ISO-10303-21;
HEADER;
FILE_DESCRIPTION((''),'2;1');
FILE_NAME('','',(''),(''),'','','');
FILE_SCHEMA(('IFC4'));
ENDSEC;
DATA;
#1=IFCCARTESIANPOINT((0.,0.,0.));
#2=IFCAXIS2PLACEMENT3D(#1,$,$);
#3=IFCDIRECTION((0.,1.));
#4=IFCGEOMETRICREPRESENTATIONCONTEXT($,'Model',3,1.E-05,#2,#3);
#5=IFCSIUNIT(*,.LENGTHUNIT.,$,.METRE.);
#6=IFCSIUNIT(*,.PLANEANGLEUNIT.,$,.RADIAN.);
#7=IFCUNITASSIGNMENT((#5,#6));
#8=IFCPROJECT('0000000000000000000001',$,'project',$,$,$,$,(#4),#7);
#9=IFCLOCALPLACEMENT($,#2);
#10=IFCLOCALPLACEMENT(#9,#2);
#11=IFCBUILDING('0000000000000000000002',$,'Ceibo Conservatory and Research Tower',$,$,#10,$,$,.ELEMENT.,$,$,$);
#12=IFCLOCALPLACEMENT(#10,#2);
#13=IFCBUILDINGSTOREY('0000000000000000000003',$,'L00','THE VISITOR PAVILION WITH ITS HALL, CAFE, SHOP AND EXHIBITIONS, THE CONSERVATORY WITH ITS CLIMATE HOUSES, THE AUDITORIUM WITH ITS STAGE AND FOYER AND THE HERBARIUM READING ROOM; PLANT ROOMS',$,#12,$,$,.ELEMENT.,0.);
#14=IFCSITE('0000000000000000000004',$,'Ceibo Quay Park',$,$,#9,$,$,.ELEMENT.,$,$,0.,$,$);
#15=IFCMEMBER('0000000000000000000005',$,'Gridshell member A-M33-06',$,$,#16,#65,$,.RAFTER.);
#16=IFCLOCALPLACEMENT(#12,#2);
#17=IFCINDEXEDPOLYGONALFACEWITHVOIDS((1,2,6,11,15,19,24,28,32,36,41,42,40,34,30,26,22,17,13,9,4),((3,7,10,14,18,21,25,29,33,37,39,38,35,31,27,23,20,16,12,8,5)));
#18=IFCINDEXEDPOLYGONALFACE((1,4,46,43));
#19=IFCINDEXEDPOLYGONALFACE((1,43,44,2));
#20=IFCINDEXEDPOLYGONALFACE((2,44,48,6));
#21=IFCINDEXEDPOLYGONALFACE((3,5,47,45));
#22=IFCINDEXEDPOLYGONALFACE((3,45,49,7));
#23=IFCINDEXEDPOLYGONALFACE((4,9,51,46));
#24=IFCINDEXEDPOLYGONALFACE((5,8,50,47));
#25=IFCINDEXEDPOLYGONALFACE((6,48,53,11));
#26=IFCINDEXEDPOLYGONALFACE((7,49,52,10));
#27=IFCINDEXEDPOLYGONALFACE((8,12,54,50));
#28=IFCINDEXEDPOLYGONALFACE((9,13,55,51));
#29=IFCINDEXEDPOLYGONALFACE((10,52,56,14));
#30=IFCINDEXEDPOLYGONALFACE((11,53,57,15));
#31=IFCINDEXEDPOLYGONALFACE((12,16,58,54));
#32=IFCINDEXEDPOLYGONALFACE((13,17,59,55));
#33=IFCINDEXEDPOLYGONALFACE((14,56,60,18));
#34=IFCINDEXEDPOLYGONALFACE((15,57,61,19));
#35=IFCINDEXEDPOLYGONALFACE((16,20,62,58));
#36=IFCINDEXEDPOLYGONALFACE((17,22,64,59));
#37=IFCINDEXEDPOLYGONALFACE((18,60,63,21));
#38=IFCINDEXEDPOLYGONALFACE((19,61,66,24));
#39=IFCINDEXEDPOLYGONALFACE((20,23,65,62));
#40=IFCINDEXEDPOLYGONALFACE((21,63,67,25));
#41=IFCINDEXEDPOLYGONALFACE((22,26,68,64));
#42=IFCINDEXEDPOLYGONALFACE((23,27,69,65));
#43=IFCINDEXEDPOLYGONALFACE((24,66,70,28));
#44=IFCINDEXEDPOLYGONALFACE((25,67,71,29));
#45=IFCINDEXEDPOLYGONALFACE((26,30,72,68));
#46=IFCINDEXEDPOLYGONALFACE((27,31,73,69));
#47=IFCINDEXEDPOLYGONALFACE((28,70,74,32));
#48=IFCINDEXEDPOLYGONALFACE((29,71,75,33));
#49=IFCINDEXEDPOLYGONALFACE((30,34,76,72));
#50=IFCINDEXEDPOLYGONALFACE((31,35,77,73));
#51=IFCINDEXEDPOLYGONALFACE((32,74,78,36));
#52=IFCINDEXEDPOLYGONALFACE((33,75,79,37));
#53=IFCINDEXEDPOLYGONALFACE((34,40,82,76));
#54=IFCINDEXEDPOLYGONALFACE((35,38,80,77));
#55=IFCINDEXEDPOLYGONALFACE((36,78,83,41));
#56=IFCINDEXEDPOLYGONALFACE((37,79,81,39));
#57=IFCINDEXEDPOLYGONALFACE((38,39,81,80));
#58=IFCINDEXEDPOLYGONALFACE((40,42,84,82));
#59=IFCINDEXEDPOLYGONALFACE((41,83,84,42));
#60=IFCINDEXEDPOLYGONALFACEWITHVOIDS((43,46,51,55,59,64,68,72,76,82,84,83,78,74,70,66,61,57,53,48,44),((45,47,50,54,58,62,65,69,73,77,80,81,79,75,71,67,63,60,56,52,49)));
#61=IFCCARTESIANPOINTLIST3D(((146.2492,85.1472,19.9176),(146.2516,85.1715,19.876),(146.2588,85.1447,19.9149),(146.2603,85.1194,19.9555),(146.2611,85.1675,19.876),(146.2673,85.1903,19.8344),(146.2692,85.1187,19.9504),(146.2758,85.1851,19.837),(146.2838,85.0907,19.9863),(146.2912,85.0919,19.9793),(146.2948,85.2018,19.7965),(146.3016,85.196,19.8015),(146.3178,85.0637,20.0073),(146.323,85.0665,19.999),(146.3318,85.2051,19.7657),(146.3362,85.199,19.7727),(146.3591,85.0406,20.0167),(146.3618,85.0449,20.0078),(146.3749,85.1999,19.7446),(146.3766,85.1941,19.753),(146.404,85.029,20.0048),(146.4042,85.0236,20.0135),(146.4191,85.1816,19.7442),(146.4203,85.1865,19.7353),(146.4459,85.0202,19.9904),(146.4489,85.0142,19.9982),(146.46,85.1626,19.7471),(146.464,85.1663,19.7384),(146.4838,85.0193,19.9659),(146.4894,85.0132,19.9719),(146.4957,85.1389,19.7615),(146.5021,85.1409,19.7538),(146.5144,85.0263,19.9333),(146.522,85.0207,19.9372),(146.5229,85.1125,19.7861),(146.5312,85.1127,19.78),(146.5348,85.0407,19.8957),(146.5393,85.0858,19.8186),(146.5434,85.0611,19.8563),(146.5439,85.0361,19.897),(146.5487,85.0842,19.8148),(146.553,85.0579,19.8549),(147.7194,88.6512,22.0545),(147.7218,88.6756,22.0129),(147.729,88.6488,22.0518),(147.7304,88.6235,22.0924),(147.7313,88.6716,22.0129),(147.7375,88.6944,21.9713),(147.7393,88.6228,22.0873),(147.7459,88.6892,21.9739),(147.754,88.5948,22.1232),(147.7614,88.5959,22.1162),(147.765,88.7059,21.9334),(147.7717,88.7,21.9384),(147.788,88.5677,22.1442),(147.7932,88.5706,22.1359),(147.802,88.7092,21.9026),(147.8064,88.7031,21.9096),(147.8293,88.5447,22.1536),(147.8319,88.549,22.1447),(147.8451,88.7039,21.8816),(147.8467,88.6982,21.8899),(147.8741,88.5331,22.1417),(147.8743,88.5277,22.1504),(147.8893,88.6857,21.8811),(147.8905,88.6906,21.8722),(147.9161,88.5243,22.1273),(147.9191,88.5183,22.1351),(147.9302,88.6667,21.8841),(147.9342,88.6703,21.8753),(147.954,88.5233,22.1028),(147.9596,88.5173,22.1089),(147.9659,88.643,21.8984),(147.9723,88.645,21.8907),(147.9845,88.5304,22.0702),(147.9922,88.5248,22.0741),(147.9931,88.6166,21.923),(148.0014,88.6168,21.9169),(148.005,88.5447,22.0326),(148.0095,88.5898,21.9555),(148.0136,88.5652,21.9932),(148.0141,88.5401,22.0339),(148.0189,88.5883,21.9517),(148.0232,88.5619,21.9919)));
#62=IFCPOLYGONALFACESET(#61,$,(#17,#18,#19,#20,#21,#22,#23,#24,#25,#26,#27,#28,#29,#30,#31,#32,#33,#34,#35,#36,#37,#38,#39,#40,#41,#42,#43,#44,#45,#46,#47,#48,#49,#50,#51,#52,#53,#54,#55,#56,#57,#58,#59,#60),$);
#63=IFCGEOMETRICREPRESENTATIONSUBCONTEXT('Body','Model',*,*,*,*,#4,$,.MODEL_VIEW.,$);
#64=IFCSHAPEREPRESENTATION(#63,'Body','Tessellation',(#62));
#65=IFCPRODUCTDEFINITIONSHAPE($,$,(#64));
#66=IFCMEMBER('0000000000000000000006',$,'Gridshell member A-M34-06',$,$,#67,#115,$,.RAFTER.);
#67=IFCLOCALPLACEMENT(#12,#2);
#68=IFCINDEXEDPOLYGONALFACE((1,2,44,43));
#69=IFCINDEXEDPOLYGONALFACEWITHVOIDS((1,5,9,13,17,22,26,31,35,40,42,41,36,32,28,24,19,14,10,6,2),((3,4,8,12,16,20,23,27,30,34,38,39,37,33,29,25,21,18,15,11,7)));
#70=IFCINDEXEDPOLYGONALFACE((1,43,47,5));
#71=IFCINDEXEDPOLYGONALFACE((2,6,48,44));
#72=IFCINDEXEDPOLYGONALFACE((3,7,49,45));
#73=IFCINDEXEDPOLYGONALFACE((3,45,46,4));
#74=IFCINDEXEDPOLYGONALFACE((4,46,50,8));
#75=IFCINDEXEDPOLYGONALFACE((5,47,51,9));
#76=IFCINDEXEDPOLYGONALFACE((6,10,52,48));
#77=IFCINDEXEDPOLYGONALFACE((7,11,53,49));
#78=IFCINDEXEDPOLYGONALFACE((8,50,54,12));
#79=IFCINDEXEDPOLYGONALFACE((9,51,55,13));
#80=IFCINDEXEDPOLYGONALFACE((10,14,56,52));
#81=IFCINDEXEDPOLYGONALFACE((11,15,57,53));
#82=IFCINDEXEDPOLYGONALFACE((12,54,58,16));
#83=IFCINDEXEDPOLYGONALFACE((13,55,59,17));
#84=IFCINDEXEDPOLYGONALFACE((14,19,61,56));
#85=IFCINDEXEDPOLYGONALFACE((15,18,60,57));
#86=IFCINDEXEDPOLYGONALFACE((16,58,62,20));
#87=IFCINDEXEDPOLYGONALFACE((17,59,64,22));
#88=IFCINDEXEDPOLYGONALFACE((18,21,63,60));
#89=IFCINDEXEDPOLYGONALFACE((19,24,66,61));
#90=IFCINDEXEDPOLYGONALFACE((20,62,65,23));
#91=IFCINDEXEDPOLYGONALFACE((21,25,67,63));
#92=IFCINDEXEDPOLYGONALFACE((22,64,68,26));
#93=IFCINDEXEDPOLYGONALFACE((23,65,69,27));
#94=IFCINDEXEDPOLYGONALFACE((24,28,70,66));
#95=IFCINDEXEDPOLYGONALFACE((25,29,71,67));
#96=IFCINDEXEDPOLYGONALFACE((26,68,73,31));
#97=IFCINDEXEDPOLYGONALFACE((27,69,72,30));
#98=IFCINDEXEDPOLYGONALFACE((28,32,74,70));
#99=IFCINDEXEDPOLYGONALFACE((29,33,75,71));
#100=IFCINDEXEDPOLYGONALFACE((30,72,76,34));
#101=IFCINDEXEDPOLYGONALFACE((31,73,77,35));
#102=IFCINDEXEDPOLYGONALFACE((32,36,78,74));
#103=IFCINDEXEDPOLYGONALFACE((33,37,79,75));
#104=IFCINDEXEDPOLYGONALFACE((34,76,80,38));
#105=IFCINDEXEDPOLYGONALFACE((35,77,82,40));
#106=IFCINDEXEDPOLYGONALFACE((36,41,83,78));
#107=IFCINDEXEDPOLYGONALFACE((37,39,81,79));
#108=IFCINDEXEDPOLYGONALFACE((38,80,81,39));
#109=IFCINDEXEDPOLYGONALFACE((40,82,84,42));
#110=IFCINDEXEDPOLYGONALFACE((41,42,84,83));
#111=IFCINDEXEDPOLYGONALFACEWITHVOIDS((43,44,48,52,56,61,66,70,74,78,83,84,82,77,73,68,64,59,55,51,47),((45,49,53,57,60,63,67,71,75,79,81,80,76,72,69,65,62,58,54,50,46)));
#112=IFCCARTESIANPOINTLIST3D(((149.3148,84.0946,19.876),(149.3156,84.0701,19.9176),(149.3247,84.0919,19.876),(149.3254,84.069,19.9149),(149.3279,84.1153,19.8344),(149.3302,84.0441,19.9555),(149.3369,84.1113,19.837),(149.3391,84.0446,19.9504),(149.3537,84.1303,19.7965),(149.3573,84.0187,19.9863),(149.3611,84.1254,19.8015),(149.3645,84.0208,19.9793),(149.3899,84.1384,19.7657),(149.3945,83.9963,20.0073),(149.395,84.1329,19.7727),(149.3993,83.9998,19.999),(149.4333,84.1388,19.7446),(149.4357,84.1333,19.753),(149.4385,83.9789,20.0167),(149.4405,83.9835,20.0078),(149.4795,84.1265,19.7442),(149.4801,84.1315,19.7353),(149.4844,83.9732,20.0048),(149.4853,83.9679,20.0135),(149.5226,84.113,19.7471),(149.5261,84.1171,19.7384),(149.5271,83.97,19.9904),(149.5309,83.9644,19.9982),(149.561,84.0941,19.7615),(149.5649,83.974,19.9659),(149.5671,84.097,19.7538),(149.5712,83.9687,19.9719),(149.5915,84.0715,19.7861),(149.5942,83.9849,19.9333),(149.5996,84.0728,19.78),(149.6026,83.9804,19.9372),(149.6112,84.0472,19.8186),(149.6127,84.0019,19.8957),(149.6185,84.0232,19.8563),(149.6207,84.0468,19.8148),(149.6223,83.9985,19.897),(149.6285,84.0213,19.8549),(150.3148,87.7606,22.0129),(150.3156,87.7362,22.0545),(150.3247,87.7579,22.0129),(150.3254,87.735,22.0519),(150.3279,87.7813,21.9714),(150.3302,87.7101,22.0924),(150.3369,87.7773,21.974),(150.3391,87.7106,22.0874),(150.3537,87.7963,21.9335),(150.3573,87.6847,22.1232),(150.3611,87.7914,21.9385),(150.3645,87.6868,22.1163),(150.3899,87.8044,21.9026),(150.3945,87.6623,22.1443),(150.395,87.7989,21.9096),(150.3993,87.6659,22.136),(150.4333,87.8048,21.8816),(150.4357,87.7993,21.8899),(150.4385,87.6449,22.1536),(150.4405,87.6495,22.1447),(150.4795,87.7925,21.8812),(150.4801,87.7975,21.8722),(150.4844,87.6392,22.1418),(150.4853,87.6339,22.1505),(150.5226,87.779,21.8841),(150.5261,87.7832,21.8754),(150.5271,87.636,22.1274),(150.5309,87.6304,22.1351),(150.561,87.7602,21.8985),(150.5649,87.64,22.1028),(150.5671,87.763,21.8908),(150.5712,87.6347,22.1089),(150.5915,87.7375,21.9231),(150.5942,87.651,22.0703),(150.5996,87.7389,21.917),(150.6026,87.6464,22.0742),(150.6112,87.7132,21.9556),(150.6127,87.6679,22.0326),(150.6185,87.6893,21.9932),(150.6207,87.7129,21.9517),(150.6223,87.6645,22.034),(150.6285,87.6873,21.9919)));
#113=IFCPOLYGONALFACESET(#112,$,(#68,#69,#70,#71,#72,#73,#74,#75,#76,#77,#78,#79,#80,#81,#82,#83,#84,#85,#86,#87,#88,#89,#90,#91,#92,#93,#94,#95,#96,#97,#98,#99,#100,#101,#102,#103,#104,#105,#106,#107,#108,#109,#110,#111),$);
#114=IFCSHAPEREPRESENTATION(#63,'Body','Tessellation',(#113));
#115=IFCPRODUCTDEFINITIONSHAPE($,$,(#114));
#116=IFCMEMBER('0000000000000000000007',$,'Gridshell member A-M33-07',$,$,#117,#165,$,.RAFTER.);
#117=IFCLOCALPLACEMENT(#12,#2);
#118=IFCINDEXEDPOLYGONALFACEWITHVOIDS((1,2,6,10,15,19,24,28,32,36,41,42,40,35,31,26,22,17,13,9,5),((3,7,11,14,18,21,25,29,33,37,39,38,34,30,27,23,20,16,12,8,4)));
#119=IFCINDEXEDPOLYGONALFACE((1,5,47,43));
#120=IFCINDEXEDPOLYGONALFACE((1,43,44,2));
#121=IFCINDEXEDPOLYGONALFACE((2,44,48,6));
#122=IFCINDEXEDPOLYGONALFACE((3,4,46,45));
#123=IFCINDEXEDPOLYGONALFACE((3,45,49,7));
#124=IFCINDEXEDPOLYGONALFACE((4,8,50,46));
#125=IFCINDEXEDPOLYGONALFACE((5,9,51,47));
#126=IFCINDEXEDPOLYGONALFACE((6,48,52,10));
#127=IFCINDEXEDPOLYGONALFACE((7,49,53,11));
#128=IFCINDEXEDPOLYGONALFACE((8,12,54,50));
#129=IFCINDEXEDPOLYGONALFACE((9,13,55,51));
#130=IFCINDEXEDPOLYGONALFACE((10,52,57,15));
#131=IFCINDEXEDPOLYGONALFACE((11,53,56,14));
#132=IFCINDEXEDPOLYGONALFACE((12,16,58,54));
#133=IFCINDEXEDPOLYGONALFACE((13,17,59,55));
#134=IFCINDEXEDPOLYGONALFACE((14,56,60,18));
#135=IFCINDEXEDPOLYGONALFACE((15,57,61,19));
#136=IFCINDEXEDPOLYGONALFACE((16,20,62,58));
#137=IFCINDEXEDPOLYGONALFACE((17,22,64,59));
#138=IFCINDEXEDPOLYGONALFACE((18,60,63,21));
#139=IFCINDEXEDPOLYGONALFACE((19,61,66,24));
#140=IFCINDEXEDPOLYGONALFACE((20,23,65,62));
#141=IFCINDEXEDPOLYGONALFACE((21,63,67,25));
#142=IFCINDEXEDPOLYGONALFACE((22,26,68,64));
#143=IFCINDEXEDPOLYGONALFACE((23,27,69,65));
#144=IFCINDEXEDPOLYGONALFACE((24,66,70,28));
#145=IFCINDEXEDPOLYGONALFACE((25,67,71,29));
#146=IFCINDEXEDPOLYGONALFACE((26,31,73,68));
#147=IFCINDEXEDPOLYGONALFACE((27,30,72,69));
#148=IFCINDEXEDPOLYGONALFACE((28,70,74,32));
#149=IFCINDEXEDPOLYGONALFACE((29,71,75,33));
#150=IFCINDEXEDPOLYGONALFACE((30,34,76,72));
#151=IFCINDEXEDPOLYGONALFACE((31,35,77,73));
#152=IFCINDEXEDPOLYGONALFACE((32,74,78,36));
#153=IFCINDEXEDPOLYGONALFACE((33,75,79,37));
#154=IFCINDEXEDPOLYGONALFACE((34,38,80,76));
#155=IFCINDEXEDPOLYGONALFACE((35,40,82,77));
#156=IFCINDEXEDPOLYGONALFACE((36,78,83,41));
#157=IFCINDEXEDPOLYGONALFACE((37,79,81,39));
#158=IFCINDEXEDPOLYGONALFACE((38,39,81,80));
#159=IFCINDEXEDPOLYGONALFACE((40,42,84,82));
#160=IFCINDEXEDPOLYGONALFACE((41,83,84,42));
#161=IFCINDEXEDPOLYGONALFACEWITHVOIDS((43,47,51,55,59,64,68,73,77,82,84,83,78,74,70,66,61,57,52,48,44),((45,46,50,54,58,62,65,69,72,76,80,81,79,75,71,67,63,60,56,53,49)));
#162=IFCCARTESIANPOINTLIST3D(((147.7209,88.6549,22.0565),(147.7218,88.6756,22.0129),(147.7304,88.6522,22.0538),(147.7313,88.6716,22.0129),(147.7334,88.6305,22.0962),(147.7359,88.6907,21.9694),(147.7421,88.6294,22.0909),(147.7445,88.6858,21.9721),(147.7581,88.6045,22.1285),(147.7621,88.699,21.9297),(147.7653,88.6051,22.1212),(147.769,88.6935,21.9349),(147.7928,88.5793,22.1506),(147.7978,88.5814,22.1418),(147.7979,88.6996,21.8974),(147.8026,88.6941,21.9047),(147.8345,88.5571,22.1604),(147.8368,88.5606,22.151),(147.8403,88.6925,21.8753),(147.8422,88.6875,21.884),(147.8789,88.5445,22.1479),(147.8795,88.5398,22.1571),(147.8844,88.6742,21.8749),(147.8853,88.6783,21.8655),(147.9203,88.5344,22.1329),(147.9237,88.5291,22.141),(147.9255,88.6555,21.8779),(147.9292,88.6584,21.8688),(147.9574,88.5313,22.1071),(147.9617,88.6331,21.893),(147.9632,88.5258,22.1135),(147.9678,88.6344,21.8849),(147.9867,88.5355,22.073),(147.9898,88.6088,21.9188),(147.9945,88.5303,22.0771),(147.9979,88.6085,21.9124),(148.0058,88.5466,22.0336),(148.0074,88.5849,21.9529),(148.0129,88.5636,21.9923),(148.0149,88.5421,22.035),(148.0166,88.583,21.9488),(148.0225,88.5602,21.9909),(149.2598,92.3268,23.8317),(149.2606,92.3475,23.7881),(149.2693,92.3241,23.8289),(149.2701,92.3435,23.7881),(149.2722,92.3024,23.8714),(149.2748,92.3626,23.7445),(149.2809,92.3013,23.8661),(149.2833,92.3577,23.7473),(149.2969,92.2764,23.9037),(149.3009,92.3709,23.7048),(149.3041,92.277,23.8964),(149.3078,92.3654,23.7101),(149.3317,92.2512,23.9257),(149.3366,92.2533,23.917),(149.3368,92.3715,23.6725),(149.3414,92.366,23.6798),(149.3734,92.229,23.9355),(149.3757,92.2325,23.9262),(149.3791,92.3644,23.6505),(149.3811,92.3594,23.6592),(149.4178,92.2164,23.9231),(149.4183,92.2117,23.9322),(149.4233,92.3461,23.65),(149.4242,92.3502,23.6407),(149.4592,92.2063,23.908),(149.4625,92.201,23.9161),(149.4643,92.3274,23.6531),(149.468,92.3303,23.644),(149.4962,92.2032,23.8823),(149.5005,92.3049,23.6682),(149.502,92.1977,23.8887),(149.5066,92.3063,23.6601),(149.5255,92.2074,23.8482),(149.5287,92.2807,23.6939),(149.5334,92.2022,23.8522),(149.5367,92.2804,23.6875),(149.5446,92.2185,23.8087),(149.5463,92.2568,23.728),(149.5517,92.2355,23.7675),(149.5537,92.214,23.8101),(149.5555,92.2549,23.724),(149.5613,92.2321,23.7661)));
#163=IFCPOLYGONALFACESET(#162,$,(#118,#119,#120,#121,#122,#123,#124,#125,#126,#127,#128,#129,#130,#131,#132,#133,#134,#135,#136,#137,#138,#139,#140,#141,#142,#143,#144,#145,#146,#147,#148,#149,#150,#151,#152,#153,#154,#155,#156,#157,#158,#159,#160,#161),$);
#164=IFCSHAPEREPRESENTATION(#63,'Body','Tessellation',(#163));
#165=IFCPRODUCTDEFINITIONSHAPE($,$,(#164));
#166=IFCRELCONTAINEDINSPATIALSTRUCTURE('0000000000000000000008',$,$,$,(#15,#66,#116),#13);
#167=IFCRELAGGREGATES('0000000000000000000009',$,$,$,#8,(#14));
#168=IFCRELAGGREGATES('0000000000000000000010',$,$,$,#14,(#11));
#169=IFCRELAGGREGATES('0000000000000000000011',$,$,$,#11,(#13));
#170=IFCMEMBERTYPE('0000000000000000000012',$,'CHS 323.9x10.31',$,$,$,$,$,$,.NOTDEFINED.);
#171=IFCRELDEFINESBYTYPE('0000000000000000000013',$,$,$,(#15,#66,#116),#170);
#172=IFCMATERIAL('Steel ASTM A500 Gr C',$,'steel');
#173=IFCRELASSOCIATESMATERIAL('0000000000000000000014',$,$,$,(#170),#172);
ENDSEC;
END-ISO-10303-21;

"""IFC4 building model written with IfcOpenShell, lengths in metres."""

from ifc_helpers import new_model, si_unit, direction, frame, origin, origin_2d, place, context, subcontext, project, spatial, hollow_circle, extrude, material, material_profile, profile_set, type_object, element, save


model = new_model("IFC4")

# Units and contexts
model_context = context("Model", 3, precision=1e-05, world=origin(), true_north=direction((0.0, 1.0)))
body_context = subcontext(model_context, "Body", "Model", "MODEL_VIEW")
ifc_project = project(units=[si_unit("LENGTHUNIT", "METRE"), si_unit("PLANEANGLEUNIT", "RADIAN")], contexts=[model_context])

# Site, building, storey
site_placement = place(None, origin())
site = spatial("IfcSite", under=ifc_project, at=site_placement, Name="Ceibo Quay Park", CompositionType="ELEMENT", RefElevation=0.0)
building_placement = place(site_placement, origin())
building = spatial("IfcBuilding", under=site, at=building_placement, Name="Ceibo Conservatory and Research Tower", CompositionType="ELEMENT")
storey_placement = place(building_placement, origin())
storey = spatial("IfcBuildingStorey", under=building, at=storey_placement, Name="L00", Description="THE VISITOR PAVILION WITH ITS HALL, CAFE, SHOP AND EXHIBITIONS, THE CONSERVATORY WITH ITS CLIMATE HOUSES, THE AUDITORIUM WITH ITS STAGE AND FOYER AND THE HERBARIUM READING ROOM; PLANT ROOMS", CompositionType="ELEMENT", Elevation=0.0)

# Members
ifc_material_1 = material(Name="Steel ASTM A500 Gr C", Category="steel")
ifc_material_profile_1 = material_profile(ifc_material_1, hollow_circle(Radius=0.1619, WallThickness=0.0103, at=origin_2d()), Name="CHS 323.9x10.31")
ifc_profile_set_1 = profile_set([ifc_material_profile_1], Name="Steel ASTM A500 Gr C")
member_type_1 = type_object("IfcMemberType", Name="CHS 323.9x10.31", PredefinedType="NOTDEFINED", material=ifc_profile_set_1)
for number, where, z_axis, x_axis, name in (
    (1, (146.4009, 85.1089, 19.876), (0.337226, 0.803755, 0.49016), (-0.922126, 0.386891, 0.0), "Gridshell member A-M33-06"),
    (2, (149.4709, 84.052, 19.876), (0.229378, 0.840903, 0.490172), (-0.964752, 0.263161, 0.0), "Gridshell member A-M34-06"),
):
    element("IfcMember", number, at=place(storey_placement, frame(where, z_axis=z_axis, x_axis=x_axis)), inside=storey, type_object=member_type_1, Name=name, PredefinedType="RAFTER", context=body_context, shape_type="SweptSolid", body=[
        extrude(hollow_circle(Radius=0.1619, WallThickness=0.0103, at=origin_2d()), origin(), (0.0, 0.0, 1.0), 4.3596),
    ])
member_1_placement = place(storey_placement, frame((147.8711, 88.613, 22.0129), z_axis=(0.353013, 0.842347, 0.407228), x_axis=(-0.922284, 0.386513, 0.0)))
element("IfcMember", 3, at=member_1_placement, inside=storey, type_object=member_type_1, Name="Gridshell member A-M33-07", PredefinedType="RAFTER", context=body_context, shape_type="SweptSolid", body=[
    extrude(hollow_circle(Radius=0.1619, WallThickness=0.0103, at=origin_2d()), origin(), (0.0, 0.0, 1.0), 4.3591),
])

save(model, "model.ifc")
